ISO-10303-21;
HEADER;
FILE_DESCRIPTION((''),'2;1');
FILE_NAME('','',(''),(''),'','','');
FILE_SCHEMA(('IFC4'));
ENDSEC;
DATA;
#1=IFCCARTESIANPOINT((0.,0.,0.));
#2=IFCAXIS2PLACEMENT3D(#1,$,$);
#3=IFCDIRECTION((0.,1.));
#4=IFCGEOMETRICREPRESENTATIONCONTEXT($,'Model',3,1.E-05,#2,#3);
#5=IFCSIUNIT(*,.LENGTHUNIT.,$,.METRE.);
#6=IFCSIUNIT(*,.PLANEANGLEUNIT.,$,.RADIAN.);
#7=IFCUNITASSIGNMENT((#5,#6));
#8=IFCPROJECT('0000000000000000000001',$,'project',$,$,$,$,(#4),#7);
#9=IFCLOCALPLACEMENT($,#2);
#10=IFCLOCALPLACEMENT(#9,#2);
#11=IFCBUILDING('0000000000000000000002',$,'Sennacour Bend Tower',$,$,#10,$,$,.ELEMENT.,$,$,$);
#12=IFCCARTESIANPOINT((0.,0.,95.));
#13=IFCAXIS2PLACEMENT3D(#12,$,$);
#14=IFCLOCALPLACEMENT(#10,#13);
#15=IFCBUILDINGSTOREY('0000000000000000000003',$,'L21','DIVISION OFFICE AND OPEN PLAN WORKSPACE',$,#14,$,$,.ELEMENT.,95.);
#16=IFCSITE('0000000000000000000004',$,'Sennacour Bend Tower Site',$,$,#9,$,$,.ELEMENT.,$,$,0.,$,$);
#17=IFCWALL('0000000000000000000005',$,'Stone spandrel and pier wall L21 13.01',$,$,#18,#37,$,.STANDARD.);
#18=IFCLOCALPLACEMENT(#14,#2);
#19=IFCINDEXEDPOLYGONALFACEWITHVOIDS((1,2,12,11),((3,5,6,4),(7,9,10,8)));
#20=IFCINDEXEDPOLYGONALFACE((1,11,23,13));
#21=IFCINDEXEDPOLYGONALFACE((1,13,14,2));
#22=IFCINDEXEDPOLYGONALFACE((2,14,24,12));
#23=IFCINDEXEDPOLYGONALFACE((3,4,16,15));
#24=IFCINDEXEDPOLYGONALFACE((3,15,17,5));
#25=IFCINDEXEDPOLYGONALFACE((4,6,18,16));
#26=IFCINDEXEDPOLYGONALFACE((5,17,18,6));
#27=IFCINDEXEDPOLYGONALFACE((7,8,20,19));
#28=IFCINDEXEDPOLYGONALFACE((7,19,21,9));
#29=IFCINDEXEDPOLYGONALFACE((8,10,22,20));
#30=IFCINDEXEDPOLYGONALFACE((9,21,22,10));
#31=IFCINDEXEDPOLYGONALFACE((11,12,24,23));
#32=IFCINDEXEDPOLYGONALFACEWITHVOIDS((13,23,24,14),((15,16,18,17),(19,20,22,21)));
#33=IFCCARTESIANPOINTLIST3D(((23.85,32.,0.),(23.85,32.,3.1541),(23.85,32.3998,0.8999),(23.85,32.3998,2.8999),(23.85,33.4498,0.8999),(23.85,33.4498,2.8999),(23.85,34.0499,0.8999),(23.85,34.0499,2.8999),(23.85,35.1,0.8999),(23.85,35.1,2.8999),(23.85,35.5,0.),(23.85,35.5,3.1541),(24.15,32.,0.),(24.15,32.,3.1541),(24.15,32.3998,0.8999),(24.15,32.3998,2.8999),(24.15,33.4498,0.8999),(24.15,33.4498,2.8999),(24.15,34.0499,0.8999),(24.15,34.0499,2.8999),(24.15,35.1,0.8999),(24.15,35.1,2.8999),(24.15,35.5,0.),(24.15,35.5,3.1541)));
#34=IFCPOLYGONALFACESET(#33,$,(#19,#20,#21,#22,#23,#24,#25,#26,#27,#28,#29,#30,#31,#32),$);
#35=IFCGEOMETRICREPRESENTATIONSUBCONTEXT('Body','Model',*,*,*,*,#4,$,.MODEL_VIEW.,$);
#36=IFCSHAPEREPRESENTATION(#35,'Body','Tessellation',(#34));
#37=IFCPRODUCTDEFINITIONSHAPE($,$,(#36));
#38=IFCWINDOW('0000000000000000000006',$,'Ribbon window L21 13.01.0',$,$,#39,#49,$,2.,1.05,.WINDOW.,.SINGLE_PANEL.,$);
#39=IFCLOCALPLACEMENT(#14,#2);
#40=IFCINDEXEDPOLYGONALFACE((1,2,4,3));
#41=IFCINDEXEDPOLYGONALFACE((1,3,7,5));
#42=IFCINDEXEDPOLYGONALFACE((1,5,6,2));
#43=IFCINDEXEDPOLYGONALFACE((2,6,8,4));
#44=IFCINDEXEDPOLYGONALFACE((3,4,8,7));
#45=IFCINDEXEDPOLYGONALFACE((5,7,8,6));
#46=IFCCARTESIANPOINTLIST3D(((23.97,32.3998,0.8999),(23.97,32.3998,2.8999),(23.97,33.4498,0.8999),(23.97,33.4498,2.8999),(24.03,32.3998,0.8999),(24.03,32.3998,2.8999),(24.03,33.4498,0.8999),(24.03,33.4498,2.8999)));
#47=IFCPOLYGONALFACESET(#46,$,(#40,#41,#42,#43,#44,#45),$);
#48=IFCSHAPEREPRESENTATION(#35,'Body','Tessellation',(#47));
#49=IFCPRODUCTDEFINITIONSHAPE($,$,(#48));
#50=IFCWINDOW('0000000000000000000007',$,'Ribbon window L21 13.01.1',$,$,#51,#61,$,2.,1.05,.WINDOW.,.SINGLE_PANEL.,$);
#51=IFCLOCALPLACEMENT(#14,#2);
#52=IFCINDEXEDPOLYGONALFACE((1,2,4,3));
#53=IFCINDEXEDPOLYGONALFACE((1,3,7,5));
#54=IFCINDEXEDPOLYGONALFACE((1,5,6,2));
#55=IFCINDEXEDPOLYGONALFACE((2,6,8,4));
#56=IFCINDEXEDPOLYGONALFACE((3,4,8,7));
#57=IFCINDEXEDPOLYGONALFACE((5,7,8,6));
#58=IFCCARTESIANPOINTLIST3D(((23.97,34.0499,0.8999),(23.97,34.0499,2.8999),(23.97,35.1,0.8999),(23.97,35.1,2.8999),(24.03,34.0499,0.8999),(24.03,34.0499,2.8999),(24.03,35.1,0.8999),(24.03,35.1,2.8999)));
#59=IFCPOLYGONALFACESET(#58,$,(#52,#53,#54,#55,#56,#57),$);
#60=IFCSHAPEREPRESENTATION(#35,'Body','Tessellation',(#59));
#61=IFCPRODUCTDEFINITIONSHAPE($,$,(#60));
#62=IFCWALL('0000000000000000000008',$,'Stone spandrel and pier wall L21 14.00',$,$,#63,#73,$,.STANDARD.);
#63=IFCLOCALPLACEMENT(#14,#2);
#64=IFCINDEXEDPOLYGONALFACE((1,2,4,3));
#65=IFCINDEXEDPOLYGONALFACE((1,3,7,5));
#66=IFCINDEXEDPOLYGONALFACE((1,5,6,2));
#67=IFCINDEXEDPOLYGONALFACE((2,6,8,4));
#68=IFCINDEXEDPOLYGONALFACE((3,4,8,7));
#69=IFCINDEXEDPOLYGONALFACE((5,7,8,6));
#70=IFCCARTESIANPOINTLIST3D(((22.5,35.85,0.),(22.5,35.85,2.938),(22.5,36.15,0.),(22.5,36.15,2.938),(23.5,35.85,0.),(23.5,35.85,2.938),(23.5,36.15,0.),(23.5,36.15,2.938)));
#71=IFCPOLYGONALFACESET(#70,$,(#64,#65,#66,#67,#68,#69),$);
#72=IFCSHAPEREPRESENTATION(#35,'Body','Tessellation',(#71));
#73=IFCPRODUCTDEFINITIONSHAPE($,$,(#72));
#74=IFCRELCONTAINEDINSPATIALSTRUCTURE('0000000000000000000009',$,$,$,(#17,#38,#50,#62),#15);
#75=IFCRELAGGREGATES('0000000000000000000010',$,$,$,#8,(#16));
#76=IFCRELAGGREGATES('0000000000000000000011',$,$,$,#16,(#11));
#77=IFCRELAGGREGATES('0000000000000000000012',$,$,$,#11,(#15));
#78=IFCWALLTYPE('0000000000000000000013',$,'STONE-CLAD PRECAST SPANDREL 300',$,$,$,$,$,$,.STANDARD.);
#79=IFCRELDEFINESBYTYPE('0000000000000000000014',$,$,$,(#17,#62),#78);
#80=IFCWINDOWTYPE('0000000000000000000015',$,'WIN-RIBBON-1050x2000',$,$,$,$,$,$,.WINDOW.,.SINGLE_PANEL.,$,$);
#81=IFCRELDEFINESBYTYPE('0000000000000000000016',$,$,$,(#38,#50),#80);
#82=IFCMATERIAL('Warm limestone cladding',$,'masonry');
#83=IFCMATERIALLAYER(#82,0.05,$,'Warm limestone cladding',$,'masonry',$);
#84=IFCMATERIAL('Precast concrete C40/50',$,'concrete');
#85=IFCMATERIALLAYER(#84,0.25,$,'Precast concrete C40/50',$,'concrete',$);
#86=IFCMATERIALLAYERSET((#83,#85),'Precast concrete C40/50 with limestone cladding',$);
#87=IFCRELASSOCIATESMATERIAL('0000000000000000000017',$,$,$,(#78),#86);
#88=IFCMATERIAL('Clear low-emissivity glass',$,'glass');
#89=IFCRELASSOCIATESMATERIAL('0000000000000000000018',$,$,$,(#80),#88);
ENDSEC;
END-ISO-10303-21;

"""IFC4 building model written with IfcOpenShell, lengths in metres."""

from ifc_helpers import new_model, si_unit, direction, frame, frame_2d, origin, place, context, subcontext, project, spatial, rectangle, extrude, material, layer, layer_set, type_object, element, fill, save


model = new_model("IFC4")

# Units and contexts
model_context = context("Model", 3, precision=1e-05, world=origin(), true_north=direction((0.0, 1.0)))
body_context = subcontext(model_context, "Body", "Model", "MODEL_VIEW")
ifc_project = project(units=[si_unit("LENGTHUNIT", "METRE"), si_unit("PLANEANGLEUNIT", "RADIAN")], contexts=[model_context])

# Site, building, storey
site_placement = place(None, origin())
site = spatial("IfcSite", under=ifc_project, at=site_placement, Name="Sennacour Bend Tower Site", CompositionType="ELEMENT", RefElevation=0.0)
building_placement = place(site_placement, origin())
building = spatial("IfcBuilding", under=site, at=building_placement, Name="Sennacour Bend Tower", CompositionType="ELEMENT")
storey_placement = place(building_placement, frame((0.0, 0.0, 95.0)))
storey = spatial("IfcBuildingStorey", under=building, at=storey_placement, Name="L21", Description="DIVISION OFFICE AND OPEN PLAN WORKSPACE", CompositionType="ELEMENT", Elevation=95.0)

# Shared definitions
ifc_material_1 = material(Name="Warm limestone cladding", Category="masonry")
ifc_layer_1 = layer(ifc_material_1, 0.05, Name="Warm limestone cladding", Category="masonry")
ifc_material_2 = material(Name="Precast concrete C40/50", Category="concrete")
ifc_layer_2 = layer(ifc_material_2, 0.25, Name="Precast concrete C40/50", Category="concrete")
ifc_layer_set_1 = layer_set([ifc_layer_1, ifc_layer_2], Name="Precast concrete C40/50 with limestone cladding")
wall_type_1 = type_object("IfcWallType", Name="STONE-CLAD PRECAST SPANDREL 300", PredefinedType="STANDARD", material=ifc_layer_set_1)

# Wall, openings, windows
ifc_material_3 = material(Name="Clear low-emissivity glass", Category="glass")
window_type_1 = type_object("IfcWindowType", Name="WIN-RIBBON-1050x2000", PartitioningType="SINGLE_PANEL", PredefinedType="WINDOW", material=ifc_material_3)
wall_1_placement = place(storey_placement, frame((24.0, 32.0, 0.0), z_axis=(0.0, 0.0, 1.0), x_axis=(0.0, 1.0, 0.0)))
wall_1 = element("IfcWall", 1, at=wall_1_placement, inside=storey, type_object=wall_type_1, Name="Stone spandrel and pier wall L21 13.01", PredefinedType="STANDARD", context=body_context, shape_type="SweptSolid", body=[
    extrude(rectangle(XDim=3.5, YDim=0.3, at=frame_2d((1.75, 0.0))), origin(), (0.0, 0.0, 1.0), 3.1541),
])
opening_1_placement = place(wall_1_placement, frame((0.3999, 0.0, 0.8999)))
opening_1 = element("IfcOpeningElement", 2, at=opening_1_placement, cuts=wall_1, PredefinedType="OPENING", context=body_context, shape_type="SweptSolid", body=[
    extrude(rectangle(XDim=1.05, YDim=2.0, at=frame_2d((0.5249, 1.0))), frame((0.0, 0.1602, 0.0), z_axis=(0.0, -1.0, 0.0), x_axis=(1.0, 0.0, 0.0)), (0.0, 0.0, 1.0), 0.3201),
])
opening_2_placement = place(wall_1_placement, frame((2.05, 0.0, 0.8999)))
opening_2 = element("IfcOpeningElement", 3, at=opening_2_placement, cuts=wall_1, PredefinedType="OPENING", context=body_context, shape_type="SweptSolid", body=[
    extrude(rectangle(XDim=1.05, YDim=2.0, at=frame_2d((0.5249, 1.0))), frame((0.0, 0.1602, 0.0), z_axis=(0.0, -1.0, 0.0), x_axis=(1.0, 0.0, 0.0)), (0.0, 0.0, 1.0), 0.3201),
])
window_1_placement = place(opening_1_placement, origin())
window_1 = element("IfcWindow", 4, at=window_1_placement, inside=storey, type_object=window_type_1, Name="Ribbon window L21 13.01.0", OverallHeight=2.0, OverallWidth=1.05, PartitioningType="SINGLE_PANEL", PredefinedType="WINDOW", context=body_context, shape_type="SweptSolid", body=[
    extrude(rectangle(XDim=1.05, YDim=2.0, at=frame_2d((0.5249, 1.0))), frame((0.0, 0.03, 0.0), z_axis=(0.0, -1.0, 0.0), x_axis=(1.0, 0.0, 0.0)), (0.0, 0.0, 1.0), 0.0601),
])
fill(opening_1, window_1)
window_2_placement = place(opening_2_placement, origin())
window_2 = element("IfcWindow", 5, at=window_2_placement, inside=storey, type_object=window_type_1, Name="Ribbon window L21 13.01.1", OverallHeight=2.0, OverallWidth=1.05, PartitioningType="SINGLE_PANEL", PredefinedType="WINDOW", context=body_context, shape_type="SweptSolid", body=[
    extrude(rectangle(XDim=1.05, YDim=2.0, at=frame_2d((0.5249, 1.0))), frame((0.0, 0.03, 0.0), z_axis=(0.0, -1.0, 0.0), x_axis=(1.0, 0.0, 0.0)), (0.0, 0.0, 1.0), 0.0601),
])
fill(opening_2, window_2)

# Wall
wall_2_placement = place(storey_placement, frame((23.5, 36.0, 0.0), z_axis=(0.0, 0.0, 1.0), x_axis=(-1.0, 0.0, 0.0)))
element("IfcWall", 6, at=wall_2_placement, inside=storey, type_object=wall_type_1, Name="Stone spandrel and pier wall L21 14.00", PredefinedType="STANDARD", context=body_context, shape_type="SweptSolid", body=[
    extrude(rectangle(XDim=1.0, YDim=0.3, at=frame_2d((0.5, 0.0))), origin(), (0.0, 0.0, 1.0), 2.938),
])

save(model, "model.ifc")
